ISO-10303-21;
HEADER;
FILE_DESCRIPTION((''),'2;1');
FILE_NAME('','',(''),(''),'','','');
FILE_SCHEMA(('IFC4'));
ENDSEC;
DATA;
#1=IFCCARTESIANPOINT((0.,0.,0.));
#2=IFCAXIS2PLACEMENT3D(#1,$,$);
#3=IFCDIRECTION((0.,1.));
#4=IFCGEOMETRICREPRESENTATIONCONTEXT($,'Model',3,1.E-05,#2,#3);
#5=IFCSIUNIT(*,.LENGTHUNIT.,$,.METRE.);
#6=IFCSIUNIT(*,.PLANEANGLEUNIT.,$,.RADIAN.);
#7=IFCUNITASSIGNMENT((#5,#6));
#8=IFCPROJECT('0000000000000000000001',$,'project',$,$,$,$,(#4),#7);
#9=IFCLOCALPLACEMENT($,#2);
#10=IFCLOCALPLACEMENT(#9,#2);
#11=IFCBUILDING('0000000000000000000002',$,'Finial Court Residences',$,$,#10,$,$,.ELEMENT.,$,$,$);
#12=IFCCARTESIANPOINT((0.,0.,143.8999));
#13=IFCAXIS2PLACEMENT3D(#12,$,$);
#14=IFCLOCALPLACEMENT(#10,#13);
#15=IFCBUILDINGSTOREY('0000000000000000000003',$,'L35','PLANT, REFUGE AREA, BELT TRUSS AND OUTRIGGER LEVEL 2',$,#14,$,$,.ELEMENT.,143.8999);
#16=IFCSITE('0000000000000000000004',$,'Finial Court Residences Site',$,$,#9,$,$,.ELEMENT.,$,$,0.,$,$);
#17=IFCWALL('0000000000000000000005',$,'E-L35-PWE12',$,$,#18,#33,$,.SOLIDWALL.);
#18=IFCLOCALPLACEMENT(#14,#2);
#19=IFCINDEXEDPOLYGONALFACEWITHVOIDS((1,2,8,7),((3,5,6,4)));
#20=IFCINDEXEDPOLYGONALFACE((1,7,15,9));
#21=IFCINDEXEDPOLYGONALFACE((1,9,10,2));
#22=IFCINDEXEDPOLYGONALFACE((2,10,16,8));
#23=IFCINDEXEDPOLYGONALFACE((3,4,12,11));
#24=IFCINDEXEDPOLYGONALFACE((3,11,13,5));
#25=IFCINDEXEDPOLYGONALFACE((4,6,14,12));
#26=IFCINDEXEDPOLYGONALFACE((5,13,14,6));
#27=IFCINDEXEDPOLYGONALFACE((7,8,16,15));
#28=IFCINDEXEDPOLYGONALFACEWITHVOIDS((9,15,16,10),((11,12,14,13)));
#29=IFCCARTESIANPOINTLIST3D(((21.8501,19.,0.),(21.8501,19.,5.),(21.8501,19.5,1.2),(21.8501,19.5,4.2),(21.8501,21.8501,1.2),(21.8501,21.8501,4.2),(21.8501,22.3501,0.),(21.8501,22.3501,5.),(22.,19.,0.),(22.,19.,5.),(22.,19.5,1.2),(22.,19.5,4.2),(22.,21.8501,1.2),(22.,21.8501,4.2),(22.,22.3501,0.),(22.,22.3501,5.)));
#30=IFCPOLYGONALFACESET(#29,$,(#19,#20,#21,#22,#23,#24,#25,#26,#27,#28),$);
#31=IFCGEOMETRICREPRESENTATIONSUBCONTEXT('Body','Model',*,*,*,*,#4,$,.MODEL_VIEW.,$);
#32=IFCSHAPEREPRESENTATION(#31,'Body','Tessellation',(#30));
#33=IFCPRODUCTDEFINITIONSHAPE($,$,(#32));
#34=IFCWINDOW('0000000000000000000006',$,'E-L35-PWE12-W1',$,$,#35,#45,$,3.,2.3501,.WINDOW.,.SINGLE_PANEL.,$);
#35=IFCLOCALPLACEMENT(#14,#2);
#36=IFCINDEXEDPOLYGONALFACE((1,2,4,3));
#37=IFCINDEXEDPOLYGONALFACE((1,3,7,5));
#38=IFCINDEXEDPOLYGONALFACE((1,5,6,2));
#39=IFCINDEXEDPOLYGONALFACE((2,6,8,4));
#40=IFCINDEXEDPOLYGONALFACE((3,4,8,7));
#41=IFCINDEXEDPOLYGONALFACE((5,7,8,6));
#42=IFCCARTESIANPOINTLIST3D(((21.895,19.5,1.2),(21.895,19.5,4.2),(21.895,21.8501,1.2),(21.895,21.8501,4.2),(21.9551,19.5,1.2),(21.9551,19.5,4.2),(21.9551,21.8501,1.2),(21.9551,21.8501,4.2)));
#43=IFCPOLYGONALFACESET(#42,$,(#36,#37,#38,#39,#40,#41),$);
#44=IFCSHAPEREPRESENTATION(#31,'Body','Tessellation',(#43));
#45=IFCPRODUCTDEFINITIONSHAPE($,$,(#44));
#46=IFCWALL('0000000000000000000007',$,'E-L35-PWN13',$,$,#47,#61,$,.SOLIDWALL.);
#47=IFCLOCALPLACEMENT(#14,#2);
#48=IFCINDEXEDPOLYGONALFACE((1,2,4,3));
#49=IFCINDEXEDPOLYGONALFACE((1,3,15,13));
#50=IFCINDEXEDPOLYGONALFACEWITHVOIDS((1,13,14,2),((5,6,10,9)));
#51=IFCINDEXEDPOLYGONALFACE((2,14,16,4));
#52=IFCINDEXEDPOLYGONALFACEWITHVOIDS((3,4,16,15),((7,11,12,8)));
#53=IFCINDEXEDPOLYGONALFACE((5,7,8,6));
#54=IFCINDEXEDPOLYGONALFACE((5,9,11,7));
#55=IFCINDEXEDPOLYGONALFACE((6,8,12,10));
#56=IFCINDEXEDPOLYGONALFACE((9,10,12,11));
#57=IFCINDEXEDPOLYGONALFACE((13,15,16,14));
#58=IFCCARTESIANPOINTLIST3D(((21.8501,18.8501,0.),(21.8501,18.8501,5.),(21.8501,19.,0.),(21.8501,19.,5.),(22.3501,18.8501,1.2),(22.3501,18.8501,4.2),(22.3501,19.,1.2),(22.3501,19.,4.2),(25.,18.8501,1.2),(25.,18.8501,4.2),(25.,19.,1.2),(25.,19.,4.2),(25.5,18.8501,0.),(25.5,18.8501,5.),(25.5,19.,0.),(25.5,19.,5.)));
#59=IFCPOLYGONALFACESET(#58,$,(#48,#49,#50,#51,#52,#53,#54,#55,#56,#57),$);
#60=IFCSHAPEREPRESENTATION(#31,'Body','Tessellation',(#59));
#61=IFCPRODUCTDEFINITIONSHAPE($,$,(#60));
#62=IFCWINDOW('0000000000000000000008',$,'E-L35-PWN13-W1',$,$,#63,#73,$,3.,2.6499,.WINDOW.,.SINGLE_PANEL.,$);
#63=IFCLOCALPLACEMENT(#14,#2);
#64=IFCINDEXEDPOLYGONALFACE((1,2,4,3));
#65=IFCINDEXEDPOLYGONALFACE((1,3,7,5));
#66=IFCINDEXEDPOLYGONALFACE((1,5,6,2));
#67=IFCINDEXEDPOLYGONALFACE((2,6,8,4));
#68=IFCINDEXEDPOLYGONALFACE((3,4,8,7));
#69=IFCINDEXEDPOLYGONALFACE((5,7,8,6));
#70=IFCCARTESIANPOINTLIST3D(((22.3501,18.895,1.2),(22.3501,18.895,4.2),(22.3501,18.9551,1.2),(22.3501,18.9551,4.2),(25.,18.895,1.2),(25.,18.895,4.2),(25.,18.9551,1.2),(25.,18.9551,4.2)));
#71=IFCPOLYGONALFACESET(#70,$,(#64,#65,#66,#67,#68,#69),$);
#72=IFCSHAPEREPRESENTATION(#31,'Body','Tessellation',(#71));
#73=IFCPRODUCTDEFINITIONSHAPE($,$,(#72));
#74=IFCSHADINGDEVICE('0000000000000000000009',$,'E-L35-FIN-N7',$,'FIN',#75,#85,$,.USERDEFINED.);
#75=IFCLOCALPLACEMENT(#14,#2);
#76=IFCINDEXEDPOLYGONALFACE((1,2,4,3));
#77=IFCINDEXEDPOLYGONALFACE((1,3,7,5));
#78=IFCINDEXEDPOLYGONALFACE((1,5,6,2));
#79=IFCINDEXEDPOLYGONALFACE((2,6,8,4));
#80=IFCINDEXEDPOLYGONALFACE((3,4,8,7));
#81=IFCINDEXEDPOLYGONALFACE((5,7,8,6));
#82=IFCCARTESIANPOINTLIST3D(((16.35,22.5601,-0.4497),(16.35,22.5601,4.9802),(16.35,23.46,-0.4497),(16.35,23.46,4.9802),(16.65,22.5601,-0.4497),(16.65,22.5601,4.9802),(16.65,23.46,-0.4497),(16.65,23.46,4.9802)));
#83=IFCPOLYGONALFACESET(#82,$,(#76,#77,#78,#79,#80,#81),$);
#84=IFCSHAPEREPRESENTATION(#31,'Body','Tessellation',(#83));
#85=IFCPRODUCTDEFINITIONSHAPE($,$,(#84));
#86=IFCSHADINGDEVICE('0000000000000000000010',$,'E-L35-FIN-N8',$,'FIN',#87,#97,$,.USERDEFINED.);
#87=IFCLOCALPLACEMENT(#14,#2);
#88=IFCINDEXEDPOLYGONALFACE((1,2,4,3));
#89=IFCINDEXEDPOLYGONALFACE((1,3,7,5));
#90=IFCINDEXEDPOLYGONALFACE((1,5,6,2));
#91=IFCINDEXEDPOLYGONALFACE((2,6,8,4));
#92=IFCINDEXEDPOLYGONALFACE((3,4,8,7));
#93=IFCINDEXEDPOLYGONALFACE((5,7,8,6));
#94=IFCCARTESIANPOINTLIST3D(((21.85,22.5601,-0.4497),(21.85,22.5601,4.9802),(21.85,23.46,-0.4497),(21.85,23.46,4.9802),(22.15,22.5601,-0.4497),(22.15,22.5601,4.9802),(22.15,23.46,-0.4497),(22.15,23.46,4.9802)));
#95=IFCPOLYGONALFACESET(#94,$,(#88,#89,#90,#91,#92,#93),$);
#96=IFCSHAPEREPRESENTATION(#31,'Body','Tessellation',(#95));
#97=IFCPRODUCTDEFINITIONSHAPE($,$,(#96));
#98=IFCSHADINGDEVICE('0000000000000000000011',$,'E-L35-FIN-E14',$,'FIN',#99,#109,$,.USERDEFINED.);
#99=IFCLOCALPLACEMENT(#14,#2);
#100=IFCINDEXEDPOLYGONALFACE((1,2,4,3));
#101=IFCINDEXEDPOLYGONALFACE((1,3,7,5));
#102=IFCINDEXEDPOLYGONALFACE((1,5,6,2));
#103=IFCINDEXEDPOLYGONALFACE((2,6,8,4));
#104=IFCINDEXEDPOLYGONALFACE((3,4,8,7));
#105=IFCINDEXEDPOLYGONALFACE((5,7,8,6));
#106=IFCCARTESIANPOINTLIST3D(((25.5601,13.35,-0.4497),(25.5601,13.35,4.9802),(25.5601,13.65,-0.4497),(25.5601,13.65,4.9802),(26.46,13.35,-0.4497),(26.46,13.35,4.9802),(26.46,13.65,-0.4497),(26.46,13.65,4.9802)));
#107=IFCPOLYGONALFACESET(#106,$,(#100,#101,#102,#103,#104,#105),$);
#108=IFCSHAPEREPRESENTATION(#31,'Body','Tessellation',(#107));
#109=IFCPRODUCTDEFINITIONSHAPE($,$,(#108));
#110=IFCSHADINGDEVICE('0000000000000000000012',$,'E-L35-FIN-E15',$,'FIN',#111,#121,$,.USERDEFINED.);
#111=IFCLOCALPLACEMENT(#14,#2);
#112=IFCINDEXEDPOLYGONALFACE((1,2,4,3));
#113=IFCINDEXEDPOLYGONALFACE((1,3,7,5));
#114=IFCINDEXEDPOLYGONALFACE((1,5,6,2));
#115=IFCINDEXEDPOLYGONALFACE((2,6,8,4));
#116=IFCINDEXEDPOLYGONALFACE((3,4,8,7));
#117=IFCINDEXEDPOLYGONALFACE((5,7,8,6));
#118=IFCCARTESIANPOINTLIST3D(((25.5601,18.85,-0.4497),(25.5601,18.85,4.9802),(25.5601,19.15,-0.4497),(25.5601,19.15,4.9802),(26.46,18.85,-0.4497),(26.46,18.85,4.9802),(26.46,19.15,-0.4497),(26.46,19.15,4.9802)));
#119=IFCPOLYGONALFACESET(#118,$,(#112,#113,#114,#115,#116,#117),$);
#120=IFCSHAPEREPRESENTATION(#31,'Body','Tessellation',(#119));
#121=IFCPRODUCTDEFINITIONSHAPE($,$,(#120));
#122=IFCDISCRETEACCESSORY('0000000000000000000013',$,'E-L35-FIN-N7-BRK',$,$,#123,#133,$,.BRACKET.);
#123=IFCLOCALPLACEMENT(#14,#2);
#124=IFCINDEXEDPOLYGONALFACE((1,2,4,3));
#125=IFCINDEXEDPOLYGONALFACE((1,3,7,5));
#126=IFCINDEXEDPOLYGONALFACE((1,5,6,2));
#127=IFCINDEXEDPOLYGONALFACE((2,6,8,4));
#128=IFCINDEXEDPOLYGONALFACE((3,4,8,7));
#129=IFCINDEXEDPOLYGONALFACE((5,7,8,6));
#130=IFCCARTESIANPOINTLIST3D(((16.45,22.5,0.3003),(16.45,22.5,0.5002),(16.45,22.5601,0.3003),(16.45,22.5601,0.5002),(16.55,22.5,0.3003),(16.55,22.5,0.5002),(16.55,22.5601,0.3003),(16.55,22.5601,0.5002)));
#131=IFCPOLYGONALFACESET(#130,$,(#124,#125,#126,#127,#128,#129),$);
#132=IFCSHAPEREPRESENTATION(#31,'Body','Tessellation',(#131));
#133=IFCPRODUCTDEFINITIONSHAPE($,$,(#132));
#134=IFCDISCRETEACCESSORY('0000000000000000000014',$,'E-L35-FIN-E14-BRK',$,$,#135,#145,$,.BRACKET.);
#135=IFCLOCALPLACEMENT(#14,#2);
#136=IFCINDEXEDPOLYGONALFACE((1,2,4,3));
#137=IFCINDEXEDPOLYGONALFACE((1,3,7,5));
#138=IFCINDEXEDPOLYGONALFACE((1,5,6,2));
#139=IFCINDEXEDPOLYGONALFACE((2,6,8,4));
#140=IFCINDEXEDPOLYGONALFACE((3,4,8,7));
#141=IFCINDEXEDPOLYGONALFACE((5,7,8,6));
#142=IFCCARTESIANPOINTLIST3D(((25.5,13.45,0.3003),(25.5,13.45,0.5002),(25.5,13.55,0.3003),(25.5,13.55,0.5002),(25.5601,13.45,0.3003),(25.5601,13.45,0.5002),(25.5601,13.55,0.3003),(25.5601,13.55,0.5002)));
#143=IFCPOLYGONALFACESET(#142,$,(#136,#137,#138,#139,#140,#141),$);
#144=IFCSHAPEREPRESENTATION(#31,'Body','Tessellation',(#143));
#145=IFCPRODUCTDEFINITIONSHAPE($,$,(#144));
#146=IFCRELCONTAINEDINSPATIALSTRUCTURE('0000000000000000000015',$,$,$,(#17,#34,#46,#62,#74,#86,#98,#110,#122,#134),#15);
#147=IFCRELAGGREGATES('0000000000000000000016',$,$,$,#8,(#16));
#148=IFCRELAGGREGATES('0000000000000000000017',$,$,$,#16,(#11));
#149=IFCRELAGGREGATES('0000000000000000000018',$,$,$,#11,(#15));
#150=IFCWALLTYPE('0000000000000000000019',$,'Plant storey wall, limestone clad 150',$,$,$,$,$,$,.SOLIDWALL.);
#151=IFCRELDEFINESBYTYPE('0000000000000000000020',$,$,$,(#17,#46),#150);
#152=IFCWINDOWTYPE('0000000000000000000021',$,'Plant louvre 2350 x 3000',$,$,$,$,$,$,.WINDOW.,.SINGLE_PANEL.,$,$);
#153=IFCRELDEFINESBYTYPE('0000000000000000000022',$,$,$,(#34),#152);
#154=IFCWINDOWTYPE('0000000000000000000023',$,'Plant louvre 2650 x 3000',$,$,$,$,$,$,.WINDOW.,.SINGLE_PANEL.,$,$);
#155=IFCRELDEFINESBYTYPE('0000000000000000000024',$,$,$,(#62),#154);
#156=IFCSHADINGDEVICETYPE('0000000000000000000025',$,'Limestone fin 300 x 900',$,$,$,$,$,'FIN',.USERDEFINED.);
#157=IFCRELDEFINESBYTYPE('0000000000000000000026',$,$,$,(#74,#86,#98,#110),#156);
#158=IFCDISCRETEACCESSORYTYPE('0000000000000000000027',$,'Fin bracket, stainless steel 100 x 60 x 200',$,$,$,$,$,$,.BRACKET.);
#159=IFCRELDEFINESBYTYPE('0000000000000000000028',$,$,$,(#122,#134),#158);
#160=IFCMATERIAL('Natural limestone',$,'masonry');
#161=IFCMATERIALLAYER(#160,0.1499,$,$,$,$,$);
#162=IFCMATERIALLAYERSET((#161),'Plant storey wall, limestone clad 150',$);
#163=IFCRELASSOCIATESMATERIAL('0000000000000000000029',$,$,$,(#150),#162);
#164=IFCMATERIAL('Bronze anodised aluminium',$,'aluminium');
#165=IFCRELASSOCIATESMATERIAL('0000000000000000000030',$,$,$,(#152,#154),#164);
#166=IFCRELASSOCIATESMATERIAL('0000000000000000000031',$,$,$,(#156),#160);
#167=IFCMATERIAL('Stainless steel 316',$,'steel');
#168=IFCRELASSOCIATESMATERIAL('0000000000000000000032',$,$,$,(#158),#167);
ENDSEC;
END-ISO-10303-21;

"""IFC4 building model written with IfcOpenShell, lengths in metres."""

from ifc_helpers import new_model, si_unit, direction, frame, frame_2d, origin, origin_2d, place, context, subcontext, project, spatial, rectangle, extrude, material, layer, layer_set, type_object, element, fill, save


model = new_model("IFC4")

# Units and contexts
model_context = context("Model", 3, precision=1e-05, world=origin(), true_north=direction((0.0, 1.0)))
body_context = subcontext(model_context, "Body", "Model", "MODEL_VIEW")
ifc_project = project(units=[si_unit("LENGTHUNIT", "METRE"), si_unit("PLANEANGLEUNIT", "RADIAN")], contexts=[model_context])

# Site, building, storey
site_placement = place(None, origin())
site = spatial("IfcSite", under=ifc_project, at=site_placement, Name="Finial Court Residences Site", CompositionType="ELEMENT", RefElevation=0.0)
building_placement = place(site_placement, origin())
building = spatial("IfcBuilding", under=site, at=building_placement, Name="Finial Court Residences", CompositionType="ELEMENT")
storey_placement = place(building_placement, frame((0.0, 0.0, 143.8999)))
storey = spatial("IfcBuildingStorey", under=building, at=storey_placement, Name="L35", Description="PLANT, REFUGE AREA, BELT TRUSS AND OUTRIGGER LEVEL 2", CompositionType="ELEMENT", Elevation=143.8999)

# Shared definitions
ifc_material_1 = material(Name="Natural limestone", Category="masonry")
ifc_layer = layer(ifc_material_1, 0.1499)
ifc_layer_set = layer_set([ifc_layer], Name="Plant storey wall, limestone clad 150")
wall_type = type_object("IfcWallType", Name="Plant storey wall, limestone clad 150", PredefinedType="SOLIDWALL", material=ifc_layer_set)
ifc_material_2 = material(Name="Bronze anodised aluminium", Category="aluminium")

# Walls, openings, windows
wall_1_placement = place(storey_placement, frame((21.925, 22.3501, 0.0), z_axis=(0.0, 0.0, 1.0), x_axis=(0.0, -1.0, 0.0)))
wall_1 = element("IfcWall", 1, at=wall_1_placement, inside=storey, type_object=wall_type, Name="E-L35-PWE12", PredefinedType="SOLIDWALL", context=body_context, shape_type="SweptSolid", body=[
    extrude(rectangle(XDim=3.3501, YDim=0.1499, at=frame_2d((1.675, 0.0))), origin(), (0.0, 0.0, 1.0), 5.0),
])
opening_1_placement = place(wall_1_placement, frame((0.5, 0.0, 1.2)))
opening_1 = element("IfcOpeningElement", 2, at=opening_1_placement, cuts=wall_1, PredefinedType="OPENING", context=body_context, shape_type="SweptSolid", body=[
    extrude(rectangle(XDim=2.3501, YDim=3.0, at=frame_2d((1.175, 1.5))), frame((0.0, 0.085, 0.0), z_axis=(0.0, -1.0, 0.0), x_axis=(1.0, 0.0, 0.0)), (0.0, 0.0, 1.0), 0.1699),
])
window_type_1 = type_object("IfcWindowType", Name="Plant louvre 2350 x 3000", PartitioningType="SINGLE_PANEL", PredefinedType="WINDOW", material=ifc_material_2)
window_1_placement = place(opening_1_placement, origin())
window_1 = element("IfcWindow", 3, at=window_1_placement, inside=storey, type_object=window_type_1, Name="E-L35-PWE12-W1", OverallHeight=3.0, OverallWidth=2.3501, PartitioningType="SINGLE_PANEL", PredefinedType="WINDOW", context=body_context, shape_type="SweptSolid", body=[
    extrude(rectangle(XDim=2.3501, YDim=3.0, at=frame_2d((1.175, 1.5))), frame((0.0, 0.03, 0.0), z_axis=(0.0, -1.0, 0.0), x_axis=(1.0, 0.0, 0.0)), (0.0, 0.0, 1.0), 0.0601),
])
fill(opening_1, window_1)
wall_2_placement = place(storey_placement, frame((21.8501, 18.925, 0.0), z_axis=(0.0, 0.0, 1.0), x_axis=(1.0, 0.0, 0.0)))
wall_2 = element("IfcWall", 4, at=wall_2_placement, inside=storey, type_object=wall_type, Name="E-L35-PWN13", PredefinedType="SOLIDWALL", context=body_context, shape_type="SweptSolid", body=[
    extrude(rectangle(XDim=3.6499, YDim=0.1499, at=frame_2d((1.825, 0.0))), origin(), (0.0, 0.0, 1.0), 5.0),
])
opening_2_placement = place(wall_2_placement, frame((0.5, 0.0, 1.2)))
opening_2 = element("IfcOpeningElement", 5, at=opening_2_placement, cuts=wall_2, PredefinedType="OPENING", context=body_context, shape_type="SweptSolid", body=[
    extrude(rectangle(XDim=2.6499, YDim=3.0, at=frame_2d((1.325, 1.5))), frame((0.0, 0.085, 0.0), z_axis=(0.0, -1.0, 0.0), x_axis=(1.0, 0.0, 0.0)), (0.0, 0.0, 1.0), 0.1699),
])
window_type_2 = type_object("IfcWindowType", Name="Plant louvre 2650 x 3000", PartitioningType="SINGLE_PANEL", PredefinedType="WINDOW", material=ifc_material_2)
window_2_placement = place(opening_2_placement, origin())
window_2 = element("IfcWindow", 6, at=window_2_placement, inside=storey, type_object=window_type_2, Name="E-L35-PWN13-W1", OverallHeight=3.0, OverallWidth=2.6499, PartitioningType="SINGLE_PANEL", PredefinedType="WINDOW", context=body_context, shape_type="SweptSolid", body=[
    extrude(rectangle(XDim=2.6499, YDim=3.0, at=frame_2d((1.325, 1.5))), frame((0.0, 0.03, 0.0), z_axis=(0.0, -1.0, 0.0), x_axis=(1.0, 0.0, 0.0)), (0.0, 0.0, 1.0), 0.0601),
])
fill(opening_2, window_2)

# Shading devices
shading_device_type = type_object("IfcShadingDeviceType", Name="Limestone fin 300 x 900", ElementType="FIN", PredefinedType="USERDEFINED", material=ifc_material_1)
for number, where, z_axis, x_axis, name in (
    (7, (16.5, 23.01, -0.4497), (0.0, 0.0, 1.0), (1.0, 0.0, 0.0), "E-L35-FIN-N7"),
    (8, (22.0, 23.01, -0.4497), (0.0, 0.0, 1.0), (1.0, 0.0, 0.0), "E-L35-FIN-N8"),
):
    element("IfcShadingDevice", number, at=place(storey_placement, frame(where, z_axis=z_axis, x_axis=x_axis)), inside=storey, type_object=shading_device_type, Name=name, ObjectType="FIN", PredefinedType="USERDEFINED", context=body_context, shape_type="SweptSolid", body=[
        extrude(rectangle(XDim=0.3, YDim=0.8999, at=origin_2d()), origin(), (0.0, 0.0, 1.0), 5.4299),
    ])
for number, where, z_axis, x_axis, name in (
    (9, (26.01, 13.5, -0.4497), (0.0, 0.0, 1.0), (1.0, 0.0, 0.0), "E-L35-FIN-E14"),
    (10, (26.01, 19.0, -0.4497), (0.0, 0.0, 1.0), (1.0, 0.0, 0.0), "E-L35-FIN-E15"),
):
    element("IfcShadingDevice", number, at=place(storey_placement, frame(where, z_axis=z_axis, x_axis=x_axis)), inside=storey, type_object=shading_device_type, Name=name, ObjectType="FIN", PredefinedType="USERDEFINED", context=body_context, shape_type="SweptSolid", body=[
        extrude(rectangle(XDim=0.8999, YDim=0.3, at=origin_2d()), origin(), (0.0, 0.0, 1.0), 5.4299),
    ])

# Discrete accessories
ifc_material_3 = material(Name="Stainless steel 316", Category="steel")
discrete_accessory_type = type_object("IfcDiscreteAccessoryType", Name="Fin bracket, stainless steel 100 x 60 x 200", PredefinedType="BRACKET", material=ifc_material_3)
discrete_accessory_1_placement = place(storey_placement, frame((16.5, 22.53, 0.3003), z_axis=(0.0, 0.0, 1.0), x_axis=(1.0, 0.0, 0.0)))
element("IfcDiscreteAccessory", 11, at=discrete_accessory_1_placement, inside=storey, type_object=discrete_accessory_type, Name="E-L35-FIN-N7-BRK", PredefinedType="BRACKET", context=body_context, shape_type="SweptSolid", body=[
    extrude(rectangle(XDim=0.1001, YDim=0.0601, at=origin_2d()), origin(), (0.0, 0.0, 1.0), 0.2),
])
discrete_accessory_2_placement = place(storey_placement, frame((25.53, 13.5, 0.3003), z_axis=(0.0, 0.0, 1.0), x_axis=(1.0, 0.0, 0.0)))
element("IfcDiscreteAccessory", 12, at=discrete_accessory_2_placement, inside=storey, type_object=discrete_accessory_type, Name="E-L35-FIN-E14-BRK", PredefinedType="BRACKET", context=body_context, shape_type="SweptSolid", body=[
    extrude(rectangle(XDim=0.0601, YDim=0.1001, at=origin_2d()), origin(), (0.0, 0.0, 1.0), 0.2),
])

save(model, "model.ifc")
